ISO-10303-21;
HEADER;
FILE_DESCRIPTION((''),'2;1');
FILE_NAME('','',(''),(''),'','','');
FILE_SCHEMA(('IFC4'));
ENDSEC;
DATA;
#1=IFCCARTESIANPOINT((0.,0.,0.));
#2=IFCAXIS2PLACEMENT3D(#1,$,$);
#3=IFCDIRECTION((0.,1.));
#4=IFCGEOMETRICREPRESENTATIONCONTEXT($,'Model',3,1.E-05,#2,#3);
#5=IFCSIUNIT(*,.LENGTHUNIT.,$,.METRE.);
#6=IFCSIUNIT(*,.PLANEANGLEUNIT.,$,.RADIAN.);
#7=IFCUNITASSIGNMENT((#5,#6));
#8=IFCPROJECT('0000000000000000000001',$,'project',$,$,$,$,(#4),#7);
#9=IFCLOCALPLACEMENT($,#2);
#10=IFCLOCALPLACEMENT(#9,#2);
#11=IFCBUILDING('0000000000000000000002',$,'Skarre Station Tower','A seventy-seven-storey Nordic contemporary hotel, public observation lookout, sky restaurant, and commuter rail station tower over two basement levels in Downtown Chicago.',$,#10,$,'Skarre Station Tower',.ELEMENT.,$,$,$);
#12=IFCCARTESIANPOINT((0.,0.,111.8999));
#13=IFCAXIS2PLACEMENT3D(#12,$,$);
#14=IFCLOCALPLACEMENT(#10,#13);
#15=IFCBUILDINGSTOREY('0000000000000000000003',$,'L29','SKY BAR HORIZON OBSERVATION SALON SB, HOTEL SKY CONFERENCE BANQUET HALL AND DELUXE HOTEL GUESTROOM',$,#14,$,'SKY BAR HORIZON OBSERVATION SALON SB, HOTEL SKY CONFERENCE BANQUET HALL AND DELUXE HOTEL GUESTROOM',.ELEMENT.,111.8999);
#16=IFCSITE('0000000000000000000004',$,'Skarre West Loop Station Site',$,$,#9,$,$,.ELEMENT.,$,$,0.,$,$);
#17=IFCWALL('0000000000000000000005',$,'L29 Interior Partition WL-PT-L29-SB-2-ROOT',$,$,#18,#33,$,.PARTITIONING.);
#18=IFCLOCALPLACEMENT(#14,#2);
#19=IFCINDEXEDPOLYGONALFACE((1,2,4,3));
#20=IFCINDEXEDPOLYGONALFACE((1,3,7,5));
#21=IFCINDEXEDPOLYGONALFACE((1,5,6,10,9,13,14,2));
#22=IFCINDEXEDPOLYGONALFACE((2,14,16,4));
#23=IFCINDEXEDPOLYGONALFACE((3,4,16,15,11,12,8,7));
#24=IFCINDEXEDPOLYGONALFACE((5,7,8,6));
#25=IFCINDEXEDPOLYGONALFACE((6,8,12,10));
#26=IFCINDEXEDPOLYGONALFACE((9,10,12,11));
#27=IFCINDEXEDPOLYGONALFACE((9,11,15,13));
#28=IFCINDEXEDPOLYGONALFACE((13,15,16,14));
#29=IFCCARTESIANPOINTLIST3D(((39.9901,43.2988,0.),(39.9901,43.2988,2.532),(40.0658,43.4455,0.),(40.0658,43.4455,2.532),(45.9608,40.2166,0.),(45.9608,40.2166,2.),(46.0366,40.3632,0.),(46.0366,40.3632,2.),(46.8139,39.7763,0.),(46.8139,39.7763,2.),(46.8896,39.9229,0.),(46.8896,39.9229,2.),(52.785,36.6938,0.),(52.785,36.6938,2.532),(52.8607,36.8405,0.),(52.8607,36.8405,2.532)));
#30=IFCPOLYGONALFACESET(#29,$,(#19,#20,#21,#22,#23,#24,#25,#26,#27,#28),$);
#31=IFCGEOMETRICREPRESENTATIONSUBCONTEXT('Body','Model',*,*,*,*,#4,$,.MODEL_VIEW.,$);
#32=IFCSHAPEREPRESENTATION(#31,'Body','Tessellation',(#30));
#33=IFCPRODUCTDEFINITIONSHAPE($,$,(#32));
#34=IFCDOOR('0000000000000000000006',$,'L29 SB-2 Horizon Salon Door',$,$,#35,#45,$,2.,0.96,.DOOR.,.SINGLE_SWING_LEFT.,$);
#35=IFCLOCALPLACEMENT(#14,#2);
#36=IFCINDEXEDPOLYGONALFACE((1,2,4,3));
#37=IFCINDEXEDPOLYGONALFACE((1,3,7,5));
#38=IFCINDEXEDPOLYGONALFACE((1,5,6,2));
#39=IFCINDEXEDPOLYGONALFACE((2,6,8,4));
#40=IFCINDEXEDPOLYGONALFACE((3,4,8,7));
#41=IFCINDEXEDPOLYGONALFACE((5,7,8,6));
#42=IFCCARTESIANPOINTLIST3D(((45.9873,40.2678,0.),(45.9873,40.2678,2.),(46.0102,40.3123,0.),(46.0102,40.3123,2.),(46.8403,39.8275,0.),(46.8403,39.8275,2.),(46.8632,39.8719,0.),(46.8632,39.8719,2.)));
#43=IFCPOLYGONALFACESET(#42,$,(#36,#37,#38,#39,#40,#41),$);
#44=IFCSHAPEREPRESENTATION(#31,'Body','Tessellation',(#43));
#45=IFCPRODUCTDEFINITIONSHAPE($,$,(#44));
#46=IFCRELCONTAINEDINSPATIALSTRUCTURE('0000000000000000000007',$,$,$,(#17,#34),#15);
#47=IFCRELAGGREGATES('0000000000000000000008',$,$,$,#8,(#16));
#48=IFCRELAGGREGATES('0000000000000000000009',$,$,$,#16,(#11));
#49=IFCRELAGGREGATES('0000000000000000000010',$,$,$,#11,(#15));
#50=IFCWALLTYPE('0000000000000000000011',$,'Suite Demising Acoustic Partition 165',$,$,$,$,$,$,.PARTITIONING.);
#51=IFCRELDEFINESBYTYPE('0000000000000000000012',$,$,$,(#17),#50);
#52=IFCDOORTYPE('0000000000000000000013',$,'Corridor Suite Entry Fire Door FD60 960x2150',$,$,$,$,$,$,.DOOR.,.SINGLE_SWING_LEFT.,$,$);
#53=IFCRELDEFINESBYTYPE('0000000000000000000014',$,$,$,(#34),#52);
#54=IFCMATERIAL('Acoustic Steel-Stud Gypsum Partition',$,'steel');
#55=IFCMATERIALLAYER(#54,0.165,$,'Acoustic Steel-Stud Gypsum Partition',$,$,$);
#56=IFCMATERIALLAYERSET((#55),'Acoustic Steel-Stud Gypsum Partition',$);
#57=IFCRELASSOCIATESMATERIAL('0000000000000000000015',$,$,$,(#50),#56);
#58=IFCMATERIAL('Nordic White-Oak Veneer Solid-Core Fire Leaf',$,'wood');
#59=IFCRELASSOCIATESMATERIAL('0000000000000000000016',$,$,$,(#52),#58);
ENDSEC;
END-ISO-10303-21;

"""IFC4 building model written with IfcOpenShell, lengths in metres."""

from ifc_helpers import new_model, si_unit, direction, frame, frame_2d, origin, place, context, subcontext, project, spatial, rectangle, extrude, material, layer, layer_set, type_object, element, fill, save


model = new_model("IFC4")

# Units and contexts
model_context = context("Model", 3, precision=1e-05, world=origin(), true_north=direction((0.0, 1.0)))
body_context = subcontext(model_context, "Body", "Model", "MODEL_VIEW")
ifc_project = project(units=[si_unit("LENGTHUNIT", "METRE"), si_unit("PLANEANGLEUNIT", "RADIAN")], contexts=[model_context])

# Site, building, storey
site_placement = place(None, origin())
site = spatial("IfcSite", under=ifc_project, at=site_placement, Name="Skarre West Loop Station Site", CompositionType="ELEMENT", RefElevation=0.0)
building_placement = place(site_placement, origin())
building = spatial("IfcBuilding", under=site, at=building_placement, Name="Skarre Station Tower", Description="A seventy-seven-storey Nordic contemporary hotel, public observation lookout, sky restaurant, and commuter rail station tower over two basement levels in Downtown Chicago.", LongName="Skarre Station Tower", CompositionType="ELEMENT")
storey_placement = place(building_placement, frame((0.0, 0.0, 111.8999)))
storey = spatial("IfcBuildingStorey", under=building, at=storey_placement, Name="L29", Description="SKY BAR HORIZON OBSERVATION SALON SB, HOTEL SKY CONFERENCE BANQUET HALL AND DELUXE HOTEL GUESTROOM", LongName="SKY BAR HORIZON OBSERVATION SALON SB, HOTEL SKY CONFERENCE BANQUET HALL AND DELUXE HOTEL GUESTROOM", CompositionType="ELEMENT", Elevation=111.8999)

# Wall, opening, door
ifc_material_1 = material(Name="Acoustic Steel-Stud Gypsum Partition", Category="steel")
ifc_layer_1 = layer(ifc_material_1, 0.165, Name="Acoustic Steel-Stud Gypsum Partition")
ifc_layer_set_1 = layer_set([ifc_layer_1], Name="Acoustic Steel-Stud Gypsum Partition")
wall_type_1 = type_object("IfcWallType", Name="Suite Demising Acoustic Partition 165", PredefinedType="PARTITIONING", material=ifc_layer_set_1)
wall_1_placement = place(storey_placement, frame((52.823, 36.7671, 0.0), z_axis=(0.0, 0.0, 1.0), x_axis=(-0.888588, 0.458706, 0.0)))
wall_1 = element("IfcWall", 1, at=wall_1_placement, inside=storey, type_object=wall_type_1, Name="L29 Interior Partition WL-PT-L29-SB-2-ROOT", PredefinedType="PARTITIONING", context=body_context, shape_type="SweptSolid", body=[
    extrude(rectangle(XDim=14.3992, YDim=0.165, at=frame_2d((7.1997, 0.0))), origin(), (0.0, 0.0, 1.0), 2.532),
])
opening_1_placement = place(wall_1_placement, frame((6.72, 0.0, 0.0)))
opening_1 = element("IfcOpeningElement", 2, at=opening_1_placement, cuts=wall_1, PredefinedType="OPENING", context=body_context, shape_type="SweptSolid", body=[
    extrude(rectangle(XDim=0.96, YDim=2.0, at=frame_2d((0.48, 1.0))), frame((0.0, 0.0925, 0.0), z_axis=(0.0, -1.0, 0.0), x_axis=(1.0, 0.0, 0.0)), (0.0, 0.0, 1.0), 0.1851),
])
ifc_material_2 = material(Name="Nordic White-Oak Veneer Solid-Core Fire Leaf", Category="wood")
door_type = type_object("IfcDoorType", Name="Corridor Suite Entry Fire Door FD60 960x2150", OperationType="SINGLE_SWING_LEFT", PredefinedType="DOOR", material=ifc_material_2)
door_placement = place(opening_1_placement, origin())
door = element("IfcDoor", 3, at=door_placement, inside=storey, type_object=door_type, Name="L29 SB-2 Horizon Salon Door", OperationType="SINGLE_SWING_LEFT", OverallHeight=2.0, OverallWidth=0.96, PredefinedType="DOOR", context=body_context, shape_type="SweptSolid", body=[
    extrude(rectangle(XDim=0.96, YDim=2.0, at=frame_2d((0.48, 1.0))), frame((0.0, 0.0249, 0.0), z_axis=(0.0, -1.0, 0.0), x_axis=(1.0, 0.0, 0.0)), (0.0, 0.0, 1.0), 0.05),
])
fill(opening_1, door)

save(model, "model.ifc")
